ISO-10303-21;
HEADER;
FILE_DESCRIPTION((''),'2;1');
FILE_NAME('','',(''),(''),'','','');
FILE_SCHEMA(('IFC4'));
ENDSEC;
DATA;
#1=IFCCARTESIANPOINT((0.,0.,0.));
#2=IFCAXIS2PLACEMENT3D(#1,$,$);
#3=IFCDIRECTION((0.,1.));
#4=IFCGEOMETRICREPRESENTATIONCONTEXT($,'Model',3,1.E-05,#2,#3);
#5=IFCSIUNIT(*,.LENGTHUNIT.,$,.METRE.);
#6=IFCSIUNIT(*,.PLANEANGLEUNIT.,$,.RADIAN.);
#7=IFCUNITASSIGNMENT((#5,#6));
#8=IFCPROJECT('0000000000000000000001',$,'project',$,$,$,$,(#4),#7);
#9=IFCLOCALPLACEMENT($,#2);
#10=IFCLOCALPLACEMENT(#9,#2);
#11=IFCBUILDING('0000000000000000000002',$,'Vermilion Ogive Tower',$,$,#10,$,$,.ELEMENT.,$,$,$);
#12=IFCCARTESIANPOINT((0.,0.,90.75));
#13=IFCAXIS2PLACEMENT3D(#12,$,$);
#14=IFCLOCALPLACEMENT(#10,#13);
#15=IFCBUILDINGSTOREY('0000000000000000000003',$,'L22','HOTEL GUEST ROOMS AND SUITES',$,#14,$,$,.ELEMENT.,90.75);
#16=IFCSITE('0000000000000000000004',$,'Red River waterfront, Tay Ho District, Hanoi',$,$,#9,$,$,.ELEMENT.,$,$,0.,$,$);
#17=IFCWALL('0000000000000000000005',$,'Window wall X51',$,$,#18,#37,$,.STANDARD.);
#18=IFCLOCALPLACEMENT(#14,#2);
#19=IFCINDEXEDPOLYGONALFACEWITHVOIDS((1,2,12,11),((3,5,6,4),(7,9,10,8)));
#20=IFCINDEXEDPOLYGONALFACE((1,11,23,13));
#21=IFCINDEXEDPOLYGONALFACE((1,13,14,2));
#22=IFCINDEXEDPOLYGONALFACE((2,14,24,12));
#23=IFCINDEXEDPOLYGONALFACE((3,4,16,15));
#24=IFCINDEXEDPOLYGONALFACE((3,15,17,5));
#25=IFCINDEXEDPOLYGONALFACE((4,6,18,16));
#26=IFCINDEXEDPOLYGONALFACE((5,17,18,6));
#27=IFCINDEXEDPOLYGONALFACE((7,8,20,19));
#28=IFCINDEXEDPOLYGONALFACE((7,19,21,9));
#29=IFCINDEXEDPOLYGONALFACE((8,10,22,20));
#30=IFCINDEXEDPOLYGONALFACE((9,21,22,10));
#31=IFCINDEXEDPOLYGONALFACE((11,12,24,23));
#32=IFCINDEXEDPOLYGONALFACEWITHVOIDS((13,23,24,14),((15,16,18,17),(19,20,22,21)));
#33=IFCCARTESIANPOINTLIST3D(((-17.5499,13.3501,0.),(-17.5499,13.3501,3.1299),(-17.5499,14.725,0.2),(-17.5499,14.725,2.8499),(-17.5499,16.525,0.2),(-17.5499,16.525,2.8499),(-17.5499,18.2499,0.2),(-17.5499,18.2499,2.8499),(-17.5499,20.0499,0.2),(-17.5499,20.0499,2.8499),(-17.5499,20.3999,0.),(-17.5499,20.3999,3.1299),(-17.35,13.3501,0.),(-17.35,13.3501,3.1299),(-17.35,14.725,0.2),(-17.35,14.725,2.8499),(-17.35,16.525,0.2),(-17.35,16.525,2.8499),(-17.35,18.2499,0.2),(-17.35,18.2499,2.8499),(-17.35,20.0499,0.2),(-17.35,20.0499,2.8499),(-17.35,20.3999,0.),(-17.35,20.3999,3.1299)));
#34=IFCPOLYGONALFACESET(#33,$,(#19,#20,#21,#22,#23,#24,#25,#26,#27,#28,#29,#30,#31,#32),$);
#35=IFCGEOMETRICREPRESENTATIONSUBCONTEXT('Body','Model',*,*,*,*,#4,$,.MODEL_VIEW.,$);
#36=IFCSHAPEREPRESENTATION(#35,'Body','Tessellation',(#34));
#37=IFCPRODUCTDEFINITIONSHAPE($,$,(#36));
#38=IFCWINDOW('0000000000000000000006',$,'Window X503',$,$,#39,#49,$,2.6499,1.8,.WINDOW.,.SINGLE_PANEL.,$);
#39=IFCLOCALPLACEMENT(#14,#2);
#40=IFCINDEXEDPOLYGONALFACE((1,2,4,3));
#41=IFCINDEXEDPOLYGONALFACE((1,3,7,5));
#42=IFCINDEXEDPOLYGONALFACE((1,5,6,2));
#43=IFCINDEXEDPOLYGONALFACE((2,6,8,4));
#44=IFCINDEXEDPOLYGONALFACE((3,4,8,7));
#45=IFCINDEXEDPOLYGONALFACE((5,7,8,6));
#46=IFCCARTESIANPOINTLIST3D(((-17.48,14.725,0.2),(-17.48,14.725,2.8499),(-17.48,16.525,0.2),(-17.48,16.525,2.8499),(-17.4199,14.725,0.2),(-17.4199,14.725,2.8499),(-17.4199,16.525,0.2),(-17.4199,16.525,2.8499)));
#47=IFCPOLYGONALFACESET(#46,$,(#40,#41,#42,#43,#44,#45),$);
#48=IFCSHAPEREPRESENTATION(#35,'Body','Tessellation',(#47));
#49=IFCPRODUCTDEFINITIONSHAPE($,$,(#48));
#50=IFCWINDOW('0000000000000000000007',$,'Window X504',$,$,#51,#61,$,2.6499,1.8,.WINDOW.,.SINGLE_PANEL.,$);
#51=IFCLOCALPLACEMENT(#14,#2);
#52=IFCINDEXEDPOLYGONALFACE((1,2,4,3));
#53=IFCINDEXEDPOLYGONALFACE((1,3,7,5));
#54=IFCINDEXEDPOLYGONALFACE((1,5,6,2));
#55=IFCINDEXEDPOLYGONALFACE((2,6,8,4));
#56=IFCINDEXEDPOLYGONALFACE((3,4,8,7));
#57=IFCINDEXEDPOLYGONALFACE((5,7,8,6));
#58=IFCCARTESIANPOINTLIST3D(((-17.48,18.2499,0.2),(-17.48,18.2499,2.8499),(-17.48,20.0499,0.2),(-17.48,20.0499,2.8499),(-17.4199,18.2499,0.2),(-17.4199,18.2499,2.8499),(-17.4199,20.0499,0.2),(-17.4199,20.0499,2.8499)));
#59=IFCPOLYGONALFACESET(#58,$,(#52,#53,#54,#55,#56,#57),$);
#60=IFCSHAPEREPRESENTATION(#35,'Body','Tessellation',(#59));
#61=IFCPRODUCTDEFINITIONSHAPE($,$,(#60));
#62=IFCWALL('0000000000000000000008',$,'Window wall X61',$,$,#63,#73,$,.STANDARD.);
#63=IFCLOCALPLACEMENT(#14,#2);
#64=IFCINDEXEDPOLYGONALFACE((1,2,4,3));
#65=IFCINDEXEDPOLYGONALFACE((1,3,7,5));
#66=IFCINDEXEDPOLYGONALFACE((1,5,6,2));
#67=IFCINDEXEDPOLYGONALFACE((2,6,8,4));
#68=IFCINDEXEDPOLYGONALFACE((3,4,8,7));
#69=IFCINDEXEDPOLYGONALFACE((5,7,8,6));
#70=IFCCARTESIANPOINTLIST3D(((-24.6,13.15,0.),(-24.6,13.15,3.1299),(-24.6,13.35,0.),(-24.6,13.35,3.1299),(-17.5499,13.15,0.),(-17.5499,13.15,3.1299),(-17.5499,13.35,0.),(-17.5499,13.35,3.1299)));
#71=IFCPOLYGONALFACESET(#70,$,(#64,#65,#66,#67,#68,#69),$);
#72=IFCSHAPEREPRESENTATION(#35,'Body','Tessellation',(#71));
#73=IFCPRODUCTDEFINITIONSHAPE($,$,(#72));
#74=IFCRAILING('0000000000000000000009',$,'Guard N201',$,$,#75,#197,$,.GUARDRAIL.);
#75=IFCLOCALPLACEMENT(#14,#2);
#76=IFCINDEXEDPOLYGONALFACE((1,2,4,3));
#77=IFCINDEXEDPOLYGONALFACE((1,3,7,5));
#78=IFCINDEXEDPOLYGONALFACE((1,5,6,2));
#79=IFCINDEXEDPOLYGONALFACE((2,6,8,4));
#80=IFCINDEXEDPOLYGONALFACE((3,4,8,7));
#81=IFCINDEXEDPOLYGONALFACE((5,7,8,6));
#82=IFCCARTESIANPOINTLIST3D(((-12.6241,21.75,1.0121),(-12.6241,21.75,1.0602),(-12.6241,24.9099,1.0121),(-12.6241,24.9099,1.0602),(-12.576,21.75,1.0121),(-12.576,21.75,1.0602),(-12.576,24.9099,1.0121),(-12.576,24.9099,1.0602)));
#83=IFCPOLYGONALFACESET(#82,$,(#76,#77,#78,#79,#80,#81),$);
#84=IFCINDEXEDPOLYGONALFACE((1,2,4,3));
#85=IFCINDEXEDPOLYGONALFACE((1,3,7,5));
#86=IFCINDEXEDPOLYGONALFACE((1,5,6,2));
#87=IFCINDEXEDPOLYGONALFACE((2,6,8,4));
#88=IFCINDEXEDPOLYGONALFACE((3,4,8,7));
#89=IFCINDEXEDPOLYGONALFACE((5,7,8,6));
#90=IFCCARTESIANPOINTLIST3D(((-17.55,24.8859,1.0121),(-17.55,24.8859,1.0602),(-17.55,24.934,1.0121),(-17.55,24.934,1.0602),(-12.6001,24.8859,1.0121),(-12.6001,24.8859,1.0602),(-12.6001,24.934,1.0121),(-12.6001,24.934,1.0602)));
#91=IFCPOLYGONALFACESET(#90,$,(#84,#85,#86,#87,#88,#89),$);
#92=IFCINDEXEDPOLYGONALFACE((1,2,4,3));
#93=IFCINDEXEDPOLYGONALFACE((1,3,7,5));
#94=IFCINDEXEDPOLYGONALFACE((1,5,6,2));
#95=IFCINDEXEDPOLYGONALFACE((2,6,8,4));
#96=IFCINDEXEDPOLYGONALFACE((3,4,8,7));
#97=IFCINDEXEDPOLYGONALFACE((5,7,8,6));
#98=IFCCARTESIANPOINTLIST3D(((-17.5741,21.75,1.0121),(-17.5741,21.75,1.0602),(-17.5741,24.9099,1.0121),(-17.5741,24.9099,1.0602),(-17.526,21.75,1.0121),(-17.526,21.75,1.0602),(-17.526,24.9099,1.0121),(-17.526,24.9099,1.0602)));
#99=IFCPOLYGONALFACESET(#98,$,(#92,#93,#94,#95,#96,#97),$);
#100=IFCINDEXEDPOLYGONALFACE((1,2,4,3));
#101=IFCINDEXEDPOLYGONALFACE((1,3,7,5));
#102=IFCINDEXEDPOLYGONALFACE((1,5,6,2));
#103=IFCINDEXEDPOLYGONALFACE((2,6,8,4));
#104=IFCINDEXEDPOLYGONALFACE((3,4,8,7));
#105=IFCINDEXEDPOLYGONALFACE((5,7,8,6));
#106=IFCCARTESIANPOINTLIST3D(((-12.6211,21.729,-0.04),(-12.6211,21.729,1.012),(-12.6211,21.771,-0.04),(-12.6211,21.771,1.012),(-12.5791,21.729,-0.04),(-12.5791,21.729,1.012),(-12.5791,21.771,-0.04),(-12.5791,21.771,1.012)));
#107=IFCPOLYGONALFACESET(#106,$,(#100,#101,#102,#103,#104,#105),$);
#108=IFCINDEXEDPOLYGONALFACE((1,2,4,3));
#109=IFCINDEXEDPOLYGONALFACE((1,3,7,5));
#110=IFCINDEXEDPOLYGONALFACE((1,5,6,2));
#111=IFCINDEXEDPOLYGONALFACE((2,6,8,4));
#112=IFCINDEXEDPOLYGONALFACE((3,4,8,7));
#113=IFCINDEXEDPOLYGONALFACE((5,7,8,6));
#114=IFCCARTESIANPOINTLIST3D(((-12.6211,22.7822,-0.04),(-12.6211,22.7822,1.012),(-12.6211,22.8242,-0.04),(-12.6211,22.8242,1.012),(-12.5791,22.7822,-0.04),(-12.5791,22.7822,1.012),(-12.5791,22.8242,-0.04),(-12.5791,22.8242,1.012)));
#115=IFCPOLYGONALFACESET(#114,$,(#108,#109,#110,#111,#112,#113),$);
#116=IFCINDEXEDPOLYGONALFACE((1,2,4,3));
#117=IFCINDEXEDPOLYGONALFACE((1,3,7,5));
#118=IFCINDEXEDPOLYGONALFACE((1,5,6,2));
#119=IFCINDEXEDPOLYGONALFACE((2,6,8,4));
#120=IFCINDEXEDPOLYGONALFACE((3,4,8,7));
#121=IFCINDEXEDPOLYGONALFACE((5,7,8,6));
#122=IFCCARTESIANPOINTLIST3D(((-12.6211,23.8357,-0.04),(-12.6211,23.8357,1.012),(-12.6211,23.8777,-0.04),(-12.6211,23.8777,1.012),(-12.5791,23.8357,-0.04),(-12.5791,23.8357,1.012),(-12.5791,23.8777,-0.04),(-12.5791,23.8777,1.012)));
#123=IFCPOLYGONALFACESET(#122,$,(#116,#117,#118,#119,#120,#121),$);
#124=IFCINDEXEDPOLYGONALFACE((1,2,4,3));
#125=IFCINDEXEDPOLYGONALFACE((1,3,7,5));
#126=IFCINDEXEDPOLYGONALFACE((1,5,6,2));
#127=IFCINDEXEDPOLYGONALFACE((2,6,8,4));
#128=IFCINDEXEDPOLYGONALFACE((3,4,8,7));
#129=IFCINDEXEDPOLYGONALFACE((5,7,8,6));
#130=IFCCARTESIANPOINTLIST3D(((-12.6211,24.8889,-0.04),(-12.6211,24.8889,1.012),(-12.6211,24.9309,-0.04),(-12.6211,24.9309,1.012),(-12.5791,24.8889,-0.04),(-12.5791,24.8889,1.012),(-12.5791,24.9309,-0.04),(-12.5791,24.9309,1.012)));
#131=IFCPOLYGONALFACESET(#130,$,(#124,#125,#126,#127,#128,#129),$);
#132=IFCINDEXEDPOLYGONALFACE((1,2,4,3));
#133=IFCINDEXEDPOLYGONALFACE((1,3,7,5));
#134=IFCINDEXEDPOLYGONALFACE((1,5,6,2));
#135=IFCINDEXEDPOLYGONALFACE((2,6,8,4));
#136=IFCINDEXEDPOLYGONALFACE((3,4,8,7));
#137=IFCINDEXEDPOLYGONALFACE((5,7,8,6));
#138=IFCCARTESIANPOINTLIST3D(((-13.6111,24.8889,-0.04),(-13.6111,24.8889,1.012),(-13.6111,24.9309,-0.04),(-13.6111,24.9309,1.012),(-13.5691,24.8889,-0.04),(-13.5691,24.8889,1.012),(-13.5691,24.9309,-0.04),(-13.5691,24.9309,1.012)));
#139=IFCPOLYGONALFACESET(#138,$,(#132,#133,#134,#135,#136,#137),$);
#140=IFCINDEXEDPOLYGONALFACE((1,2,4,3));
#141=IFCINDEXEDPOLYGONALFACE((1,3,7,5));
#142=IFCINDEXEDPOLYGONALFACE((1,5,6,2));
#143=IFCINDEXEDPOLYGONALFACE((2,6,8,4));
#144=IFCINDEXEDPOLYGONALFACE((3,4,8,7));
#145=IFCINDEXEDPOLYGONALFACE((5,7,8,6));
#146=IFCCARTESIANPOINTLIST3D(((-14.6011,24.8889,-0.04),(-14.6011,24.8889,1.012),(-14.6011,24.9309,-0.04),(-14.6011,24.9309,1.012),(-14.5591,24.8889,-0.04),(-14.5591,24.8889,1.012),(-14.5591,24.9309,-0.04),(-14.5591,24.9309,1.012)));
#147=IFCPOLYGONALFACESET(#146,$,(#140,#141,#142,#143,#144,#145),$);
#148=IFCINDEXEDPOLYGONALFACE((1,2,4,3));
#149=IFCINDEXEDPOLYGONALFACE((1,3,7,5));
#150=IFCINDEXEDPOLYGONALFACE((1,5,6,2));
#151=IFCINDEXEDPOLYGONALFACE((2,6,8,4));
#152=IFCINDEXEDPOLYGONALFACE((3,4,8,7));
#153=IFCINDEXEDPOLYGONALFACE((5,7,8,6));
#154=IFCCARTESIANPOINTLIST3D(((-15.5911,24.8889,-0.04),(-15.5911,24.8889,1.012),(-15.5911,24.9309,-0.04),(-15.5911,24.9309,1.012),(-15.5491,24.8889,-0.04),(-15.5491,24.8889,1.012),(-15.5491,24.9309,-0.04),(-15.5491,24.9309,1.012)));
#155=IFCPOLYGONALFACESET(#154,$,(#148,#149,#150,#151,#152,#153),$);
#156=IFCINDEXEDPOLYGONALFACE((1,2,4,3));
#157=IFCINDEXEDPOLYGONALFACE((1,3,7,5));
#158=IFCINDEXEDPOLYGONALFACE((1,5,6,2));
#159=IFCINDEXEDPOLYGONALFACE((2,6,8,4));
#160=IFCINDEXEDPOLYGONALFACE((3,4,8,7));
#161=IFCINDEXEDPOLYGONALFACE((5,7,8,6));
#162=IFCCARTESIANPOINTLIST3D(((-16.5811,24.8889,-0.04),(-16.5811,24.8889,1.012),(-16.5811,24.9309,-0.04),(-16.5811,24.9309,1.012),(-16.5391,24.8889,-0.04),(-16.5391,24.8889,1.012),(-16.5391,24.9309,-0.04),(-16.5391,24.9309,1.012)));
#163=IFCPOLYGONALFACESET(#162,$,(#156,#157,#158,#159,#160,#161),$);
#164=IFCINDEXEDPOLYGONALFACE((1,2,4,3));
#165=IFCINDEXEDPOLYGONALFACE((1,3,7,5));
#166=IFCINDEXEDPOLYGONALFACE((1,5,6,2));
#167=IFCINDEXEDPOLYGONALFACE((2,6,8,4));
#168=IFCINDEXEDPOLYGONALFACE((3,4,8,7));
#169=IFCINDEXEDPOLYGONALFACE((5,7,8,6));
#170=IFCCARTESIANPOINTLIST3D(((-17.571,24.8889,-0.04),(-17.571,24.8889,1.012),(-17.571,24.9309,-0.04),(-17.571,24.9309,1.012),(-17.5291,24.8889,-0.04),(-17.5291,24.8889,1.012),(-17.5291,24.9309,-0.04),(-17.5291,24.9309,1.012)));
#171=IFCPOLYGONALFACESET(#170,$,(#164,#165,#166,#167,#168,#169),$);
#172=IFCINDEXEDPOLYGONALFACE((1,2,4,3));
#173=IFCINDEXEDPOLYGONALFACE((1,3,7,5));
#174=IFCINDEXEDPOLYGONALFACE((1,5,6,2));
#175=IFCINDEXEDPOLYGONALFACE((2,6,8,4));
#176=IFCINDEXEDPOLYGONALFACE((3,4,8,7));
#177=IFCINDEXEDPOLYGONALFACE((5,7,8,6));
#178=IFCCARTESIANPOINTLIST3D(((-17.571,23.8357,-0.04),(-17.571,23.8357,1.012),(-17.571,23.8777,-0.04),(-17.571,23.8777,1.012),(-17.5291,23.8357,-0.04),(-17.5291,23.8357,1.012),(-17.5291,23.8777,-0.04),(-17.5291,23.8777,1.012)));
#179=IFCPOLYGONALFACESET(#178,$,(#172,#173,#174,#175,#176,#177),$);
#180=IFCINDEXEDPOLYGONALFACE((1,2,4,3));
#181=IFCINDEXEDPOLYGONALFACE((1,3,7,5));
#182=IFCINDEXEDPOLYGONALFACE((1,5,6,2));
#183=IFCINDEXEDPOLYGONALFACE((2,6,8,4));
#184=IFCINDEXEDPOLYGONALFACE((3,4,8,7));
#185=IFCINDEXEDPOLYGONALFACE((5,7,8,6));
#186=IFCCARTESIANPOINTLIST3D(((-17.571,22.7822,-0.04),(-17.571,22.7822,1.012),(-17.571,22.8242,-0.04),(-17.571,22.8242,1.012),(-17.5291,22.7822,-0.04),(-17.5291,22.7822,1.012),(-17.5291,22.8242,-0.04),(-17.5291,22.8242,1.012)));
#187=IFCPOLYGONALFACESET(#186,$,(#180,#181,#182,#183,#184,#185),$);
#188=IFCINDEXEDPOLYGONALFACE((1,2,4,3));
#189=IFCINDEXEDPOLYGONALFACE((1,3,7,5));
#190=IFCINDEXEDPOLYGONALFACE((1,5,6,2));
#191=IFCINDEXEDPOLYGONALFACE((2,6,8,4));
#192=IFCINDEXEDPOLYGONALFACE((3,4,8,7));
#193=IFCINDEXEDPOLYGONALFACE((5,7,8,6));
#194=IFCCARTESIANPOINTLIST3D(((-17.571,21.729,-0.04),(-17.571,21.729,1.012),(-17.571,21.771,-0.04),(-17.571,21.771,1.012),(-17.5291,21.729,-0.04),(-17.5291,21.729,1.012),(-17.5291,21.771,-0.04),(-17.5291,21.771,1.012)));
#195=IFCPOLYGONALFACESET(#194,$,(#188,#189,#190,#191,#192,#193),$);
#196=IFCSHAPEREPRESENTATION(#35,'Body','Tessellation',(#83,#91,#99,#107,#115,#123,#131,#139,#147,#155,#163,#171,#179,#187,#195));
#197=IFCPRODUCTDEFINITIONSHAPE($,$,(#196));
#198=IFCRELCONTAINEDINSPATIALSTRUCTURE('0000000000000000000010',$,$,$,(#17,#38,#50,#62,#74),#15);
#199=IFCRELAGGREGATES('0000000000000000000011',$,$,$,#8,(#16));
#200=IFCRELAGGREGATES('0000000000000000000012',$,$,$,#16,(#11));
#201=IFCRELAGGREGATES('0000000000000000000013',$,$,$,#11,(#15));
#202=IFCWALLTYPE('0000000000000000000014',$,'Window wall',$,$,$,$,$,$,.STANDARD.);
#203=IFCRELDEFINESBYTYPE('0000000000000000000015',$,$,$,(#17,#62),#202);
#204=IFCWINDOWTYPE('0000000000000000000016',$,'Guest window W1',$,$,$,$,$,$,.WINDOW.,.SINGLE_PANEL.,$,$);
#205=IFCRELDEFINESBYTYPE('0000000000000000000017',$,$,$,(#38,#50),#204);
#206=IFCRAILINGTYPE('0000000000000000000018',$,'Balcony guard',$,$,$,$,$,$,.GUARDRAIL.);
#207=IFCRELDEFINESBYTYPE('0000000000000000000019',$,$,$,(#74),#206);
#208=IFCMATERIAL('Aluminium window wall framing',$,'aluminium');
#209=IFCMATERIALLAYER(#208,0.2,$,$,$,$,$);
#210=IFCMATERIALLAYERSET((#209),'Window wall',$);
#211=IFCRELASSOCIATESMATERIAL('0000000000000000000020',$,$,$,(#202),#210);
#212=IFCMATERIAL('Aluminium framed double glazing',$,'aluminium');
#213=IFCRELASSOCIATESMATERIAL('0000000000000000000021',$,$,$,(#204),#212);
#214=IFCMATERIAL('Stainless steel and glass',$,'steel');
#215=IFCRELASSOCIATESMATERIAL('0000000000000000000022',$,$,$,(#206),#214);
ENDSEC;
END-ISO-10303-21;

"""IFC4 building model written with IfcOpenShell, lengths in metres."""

from ifc_helpers import new_model, si_unit, direction, frame, frame_2d, origin, origin_2d, place, context, subcontext, project, spatial, rectangle, extrude, material, layer, layer_set, type_object, element, fill, save


model = new_model("IFC4")

# Units and contexts
model_context = context("Model", 3, precision=1e-05, world=origin(), true_north=direction((0.0, 1.0)))
body_context = subcontext(model_context, "Body", "Model", "MODEL_VIEW")
ifc_project = project(units=[si_unit("LENGTHUNIT", "METRE"), si_unit("PLANEANGLEUNIT", "RADIAN")], contexts=[model_context])

# Site, building, storey
site_placement = place(None, origin())
site = spatial("IfcSite", under=ifc_project, at=site_placement, Name="Red River waterfront, Tay Ho District, Hanoi", CompositionType="ELEMENT", RefElevation=0.0)
building_placement = place(site_placement, origin())
building = spatial("IfcBuilding", under=site, at=building_placement, Name="Vermilion Ogive Tower", CompositionType="ELEMENT")
storey_placement = place(building_placement, frame((0.0, 0.0, 90.75)))
storey = spatial("IfcBuildingStorey", under=building, at=storey_placement, Name="L22", Description="HOTEL GUEST ROOMS AND SUITES", CompositionType="ELEMENT", Elevation=90.75)

# Shared definitions
ifc_material_1 = material(Name="Aluminium window wall framing", Category="aluminium")
ifc_layer_1 = layer(ifc_material_1, 0.2)
ifc_layer_set_1 = layer_set([ifc_layer_1], Name="Window wall")
wall_type_1 = type_object("IfcWallType", Name="Window wall", PredefinedType="STANDARD", material=ifc_layer_set_1)
ifc_material_2 = material(Name="Aluminium framed double glazing", Category="aluminium")
window_type = type_object("IfcWindowType", Name="Guest window W1", PartitioningType="SINGLE_PANEL", PredefinedType="WINDOW", material=ifc_material_2)

# Wall, openings, windows
wall_1_placement = place(storey_placement, frame((-17.45, 20.3999, 0.0), z_axis=(0.0, 0.0, 1.0), x_axis=(0.0, -1.0, 0.0)))
wall_1 = element("IfcWall", 1, at=wall_1_placement, inside=storey, type_object=wall_type_1, Name="Window wall X51", PredefinedType="STANDARD", context=body_context, shape_type="SweptSolid", body=[
    extrude(rectangle(XDim=7.0498, YDim=0.2, at=frame_2d((3.5249, 0.0))), origin(), (0.0, 0.0, 1.0), 3.1299),
])
opening_1_placement = place(wall_1_placement, frame((3.875, 0.0, 0.2)))
opening_1 = element("IfcOpeningElement", 2, at=opening_1_placement, cuts=wall_1, PredefinedType="OPENING", context=body_context, shape_type="SweptSolid", body=[
    extrude(rectangle(XDim=1.8, YDim=2.6499, at=frame_2d((0.8999, 1.325))), frame((0.0, 0.1099, 0.0), z_axis=(0.0, -1.0, 0.0), x_axis=(1.0, 0.0, 0.0)), (0.0, 0.0, 1.0), 0.22),
])
opening_2_placement = place(wall_1_placement, frame((0.3501, 0.0, 0.2)))
opening_2 = element("IfcOpeningElement", 3, at=opening_2_placement, cuts=wall_1, PredefinedType="OPENING", context=body_context, shape_type="SweptSolid", body=[
    extrude(rectangle(XDim=1.8, YDim=2.6499, at=frame_2d((0.8999, 1.325))), frame((0.0, 0.1099, 0.0), z_axis=(0.0, -1.0, 0.0), x_axis=(1.0, 0.0, 0.0)), (0.0, 0.0, 1.0), 0.22),
])
window_1_placement = place(opening_1_placement, origin())
window_1 = element("IfcWindow", 4, at=window_1_placement, inside=storey, type_object=window_type, Name="Window X503", OverallHeight=2.6499, OverallWidth=1.8, PartitioningType="SINGLE_PANEL", PredefinedType="WINDOW", context=body_context, shape_type="SweptSolid", body=[
    extrude(rectangle(XDim=1.8, YDim=2.6499, at=frame_2d((0.8999, 1.325))), frame((0.0, 0.03, 0.0), z_axis=(0.0, -1.0, 0.0), x_axis=(1.0, 0.0, 0.0)), (0.0, 0.0, 1.0), 0.0601),
])
fill(opening_1, window_1)
window_2_placement = place(opening_2_placement, origin())
window_2 = element("IfcWindow", 5, at=window_2_placement, inside=storey, type_object=window_type, Name="Window X504", OverallHeight=2.6499, OverallWidth=1.8, PartitioningType="SINGLE_PANEL", PredefinedType="WINDOW", context=body_context, shape_type="SweptSolid", body=[
    extrude(rectangle(XDim=1.8, YDim=2.6499, at=frame_2d((0.8999, 1.325))), frame((0.0, 0.03, 0.0), z_axis=(0.0, -1.0, 0.0), x_axis=(1.0, 0.0, 0.0)), (0.0, 0.0, 1.0), 0.0601),
])
fill(opening_2, window_2)

# Wall
wall_2_placement = place(storey_placement, frame((-17.55, 13.25, 0.0), z_axis=(0.0, 0.0, 1.0), x_axis=(-1.0, 0.0, 0.0)))
element("IfcWall", 6, at=wall_2_placement, inside=storey, type_object=wall_type_1, Name="Window wall X61", PredefinedType="STANDARD", context=body_context, shape_type="SweptSolid", body=[
    extrude(rectangle(XDim=7.05, YDim=0.2, at=frame_2d((3.5249, 0.0))), origin(), (0.0, 0.0, 1.0), 3.1299),
])

# Railing
ifc_material_3 = material(Name="Stainless steel and glass", Category="steel")
railing_type = type_object("IfcRailingType", Name="Balcony guard", PredefinedType="GUARDRAIL", material=ifc_material_3)
railing_placement = place(storey_placement, frame((-12.6001, 21.75, -0.04)))
element("IfcRailing", 7, at=railing_placement, inside=storey, type_object=railing_type, Name="Guard N201", PredefinedType="GUARDRAIL", context=body_context, shape_type="SweptSolid", body=[
    extrude(rectangle(XDim=0.0481, YDim=0.0481, at=origin_2d()), frame((0.0, 0.0, 1.0762), z_axis=(0.0, 1.0, 0.0), x_axis=(-1.0, 0.0, 0.0)), (0.0, 0.0, 1.0), 3.1599),
    extrude(rectangle(XDim=0.0481, YDim=0.0481, at=origin_2d()), frame((0.0, 3.1599, 1.0762), z_axis=(-1.0, 0.0, 0.0), x_axis=(0.0, -1.0, 0.0)), (0.0, 0.0, 1.0), 4.95),
    extrude(rectangle(XDim=0.0481, YDim=0.0481, at=origin_2d()), frame((-4.95, 3.1599, 1.0762), z_axis=(0.0, -1.0, 0.0), x_axis=(1.0, 0.0, 0.0)), (0.0, 0.0, 1.0), 3.1599),
    extrude(rectangle(XDim=0.042, YDim=0.042, at=origin_2d()), origin(), (0.0, 0.0, 1.0), 1.052),
    extrude(rectangle(XDim=0.042, YDim=0.042, at=origin_2d()), frame((0.0, 1.0532, 0.0)), (0.0, 0.0, 1.0), 1.052),
    extrude(rectangle(XDim=0.042, YDim=0.042, at=origin_2d()), frame((0.0, 2.1067, 0.0)), (0.0, 0.0, 1.0), 1.052),
    extrude(rectangle(XDim=0.042, YDim=0.042, at=origin_2d()), frame((0.0, 3.1599, 0.0)), (0.0, 0.0, 1.0), 1.052),
    extrude(rectangle(XDim=0.042, YDim=0.042, at=origin_2d()), frame((-0.99, 3.1599, 0.0)), (0.0, 0.0, 1.0), 1.052),
    extrude(rectangle(XDim=0.042, YDim=0.042, at=origin_2d()), frame((-1.98, 3.1599, 0.0)), (0.0, 0.0, 1.0), 1.052),
    extrude(rectangle(XDim=0.042, YDim=0.042, at=origin_2d()), frame((-2.97, 3.1599, 0.0)), (0.0, 0.0, 1.0), 1.052),
    extrude(rectangle(XDim=0.042, YDim=0.042, at=origin_2d()), frame((-3.96, 3.1599, 0.0)), (0.0, 0.0, 1.0), 1.052),
    extrude(rectangle(XDim=0.042, YDim=0.042, at=origin_2d()), frame((-4.95, 3.1599, 0.0)), (0.0, 0.0, 1.0), 1.052),
    extrude(rectangle(XDim=0.042, YDim=0.042, at=origin_2d()), frame((-4.95, 2.1067, 0.0)), (0.0, 0.0, 1.0), 1.052),
    extrude(rectangle(XDim=0.042, YDim=0.042, at=origin_2d()), frame((-4.95, 1.0532, 0.0)), (0.0, 0.0, 1.0), 1.052),
    extrude(rectangle(XDim=0.042, YDim=0.042, at=origin_2d()), frame((-4.95, 0.0, 0.0)), (0.0, 0.0, 1.0), 1.052),
])

save(model, "model.ifc")
